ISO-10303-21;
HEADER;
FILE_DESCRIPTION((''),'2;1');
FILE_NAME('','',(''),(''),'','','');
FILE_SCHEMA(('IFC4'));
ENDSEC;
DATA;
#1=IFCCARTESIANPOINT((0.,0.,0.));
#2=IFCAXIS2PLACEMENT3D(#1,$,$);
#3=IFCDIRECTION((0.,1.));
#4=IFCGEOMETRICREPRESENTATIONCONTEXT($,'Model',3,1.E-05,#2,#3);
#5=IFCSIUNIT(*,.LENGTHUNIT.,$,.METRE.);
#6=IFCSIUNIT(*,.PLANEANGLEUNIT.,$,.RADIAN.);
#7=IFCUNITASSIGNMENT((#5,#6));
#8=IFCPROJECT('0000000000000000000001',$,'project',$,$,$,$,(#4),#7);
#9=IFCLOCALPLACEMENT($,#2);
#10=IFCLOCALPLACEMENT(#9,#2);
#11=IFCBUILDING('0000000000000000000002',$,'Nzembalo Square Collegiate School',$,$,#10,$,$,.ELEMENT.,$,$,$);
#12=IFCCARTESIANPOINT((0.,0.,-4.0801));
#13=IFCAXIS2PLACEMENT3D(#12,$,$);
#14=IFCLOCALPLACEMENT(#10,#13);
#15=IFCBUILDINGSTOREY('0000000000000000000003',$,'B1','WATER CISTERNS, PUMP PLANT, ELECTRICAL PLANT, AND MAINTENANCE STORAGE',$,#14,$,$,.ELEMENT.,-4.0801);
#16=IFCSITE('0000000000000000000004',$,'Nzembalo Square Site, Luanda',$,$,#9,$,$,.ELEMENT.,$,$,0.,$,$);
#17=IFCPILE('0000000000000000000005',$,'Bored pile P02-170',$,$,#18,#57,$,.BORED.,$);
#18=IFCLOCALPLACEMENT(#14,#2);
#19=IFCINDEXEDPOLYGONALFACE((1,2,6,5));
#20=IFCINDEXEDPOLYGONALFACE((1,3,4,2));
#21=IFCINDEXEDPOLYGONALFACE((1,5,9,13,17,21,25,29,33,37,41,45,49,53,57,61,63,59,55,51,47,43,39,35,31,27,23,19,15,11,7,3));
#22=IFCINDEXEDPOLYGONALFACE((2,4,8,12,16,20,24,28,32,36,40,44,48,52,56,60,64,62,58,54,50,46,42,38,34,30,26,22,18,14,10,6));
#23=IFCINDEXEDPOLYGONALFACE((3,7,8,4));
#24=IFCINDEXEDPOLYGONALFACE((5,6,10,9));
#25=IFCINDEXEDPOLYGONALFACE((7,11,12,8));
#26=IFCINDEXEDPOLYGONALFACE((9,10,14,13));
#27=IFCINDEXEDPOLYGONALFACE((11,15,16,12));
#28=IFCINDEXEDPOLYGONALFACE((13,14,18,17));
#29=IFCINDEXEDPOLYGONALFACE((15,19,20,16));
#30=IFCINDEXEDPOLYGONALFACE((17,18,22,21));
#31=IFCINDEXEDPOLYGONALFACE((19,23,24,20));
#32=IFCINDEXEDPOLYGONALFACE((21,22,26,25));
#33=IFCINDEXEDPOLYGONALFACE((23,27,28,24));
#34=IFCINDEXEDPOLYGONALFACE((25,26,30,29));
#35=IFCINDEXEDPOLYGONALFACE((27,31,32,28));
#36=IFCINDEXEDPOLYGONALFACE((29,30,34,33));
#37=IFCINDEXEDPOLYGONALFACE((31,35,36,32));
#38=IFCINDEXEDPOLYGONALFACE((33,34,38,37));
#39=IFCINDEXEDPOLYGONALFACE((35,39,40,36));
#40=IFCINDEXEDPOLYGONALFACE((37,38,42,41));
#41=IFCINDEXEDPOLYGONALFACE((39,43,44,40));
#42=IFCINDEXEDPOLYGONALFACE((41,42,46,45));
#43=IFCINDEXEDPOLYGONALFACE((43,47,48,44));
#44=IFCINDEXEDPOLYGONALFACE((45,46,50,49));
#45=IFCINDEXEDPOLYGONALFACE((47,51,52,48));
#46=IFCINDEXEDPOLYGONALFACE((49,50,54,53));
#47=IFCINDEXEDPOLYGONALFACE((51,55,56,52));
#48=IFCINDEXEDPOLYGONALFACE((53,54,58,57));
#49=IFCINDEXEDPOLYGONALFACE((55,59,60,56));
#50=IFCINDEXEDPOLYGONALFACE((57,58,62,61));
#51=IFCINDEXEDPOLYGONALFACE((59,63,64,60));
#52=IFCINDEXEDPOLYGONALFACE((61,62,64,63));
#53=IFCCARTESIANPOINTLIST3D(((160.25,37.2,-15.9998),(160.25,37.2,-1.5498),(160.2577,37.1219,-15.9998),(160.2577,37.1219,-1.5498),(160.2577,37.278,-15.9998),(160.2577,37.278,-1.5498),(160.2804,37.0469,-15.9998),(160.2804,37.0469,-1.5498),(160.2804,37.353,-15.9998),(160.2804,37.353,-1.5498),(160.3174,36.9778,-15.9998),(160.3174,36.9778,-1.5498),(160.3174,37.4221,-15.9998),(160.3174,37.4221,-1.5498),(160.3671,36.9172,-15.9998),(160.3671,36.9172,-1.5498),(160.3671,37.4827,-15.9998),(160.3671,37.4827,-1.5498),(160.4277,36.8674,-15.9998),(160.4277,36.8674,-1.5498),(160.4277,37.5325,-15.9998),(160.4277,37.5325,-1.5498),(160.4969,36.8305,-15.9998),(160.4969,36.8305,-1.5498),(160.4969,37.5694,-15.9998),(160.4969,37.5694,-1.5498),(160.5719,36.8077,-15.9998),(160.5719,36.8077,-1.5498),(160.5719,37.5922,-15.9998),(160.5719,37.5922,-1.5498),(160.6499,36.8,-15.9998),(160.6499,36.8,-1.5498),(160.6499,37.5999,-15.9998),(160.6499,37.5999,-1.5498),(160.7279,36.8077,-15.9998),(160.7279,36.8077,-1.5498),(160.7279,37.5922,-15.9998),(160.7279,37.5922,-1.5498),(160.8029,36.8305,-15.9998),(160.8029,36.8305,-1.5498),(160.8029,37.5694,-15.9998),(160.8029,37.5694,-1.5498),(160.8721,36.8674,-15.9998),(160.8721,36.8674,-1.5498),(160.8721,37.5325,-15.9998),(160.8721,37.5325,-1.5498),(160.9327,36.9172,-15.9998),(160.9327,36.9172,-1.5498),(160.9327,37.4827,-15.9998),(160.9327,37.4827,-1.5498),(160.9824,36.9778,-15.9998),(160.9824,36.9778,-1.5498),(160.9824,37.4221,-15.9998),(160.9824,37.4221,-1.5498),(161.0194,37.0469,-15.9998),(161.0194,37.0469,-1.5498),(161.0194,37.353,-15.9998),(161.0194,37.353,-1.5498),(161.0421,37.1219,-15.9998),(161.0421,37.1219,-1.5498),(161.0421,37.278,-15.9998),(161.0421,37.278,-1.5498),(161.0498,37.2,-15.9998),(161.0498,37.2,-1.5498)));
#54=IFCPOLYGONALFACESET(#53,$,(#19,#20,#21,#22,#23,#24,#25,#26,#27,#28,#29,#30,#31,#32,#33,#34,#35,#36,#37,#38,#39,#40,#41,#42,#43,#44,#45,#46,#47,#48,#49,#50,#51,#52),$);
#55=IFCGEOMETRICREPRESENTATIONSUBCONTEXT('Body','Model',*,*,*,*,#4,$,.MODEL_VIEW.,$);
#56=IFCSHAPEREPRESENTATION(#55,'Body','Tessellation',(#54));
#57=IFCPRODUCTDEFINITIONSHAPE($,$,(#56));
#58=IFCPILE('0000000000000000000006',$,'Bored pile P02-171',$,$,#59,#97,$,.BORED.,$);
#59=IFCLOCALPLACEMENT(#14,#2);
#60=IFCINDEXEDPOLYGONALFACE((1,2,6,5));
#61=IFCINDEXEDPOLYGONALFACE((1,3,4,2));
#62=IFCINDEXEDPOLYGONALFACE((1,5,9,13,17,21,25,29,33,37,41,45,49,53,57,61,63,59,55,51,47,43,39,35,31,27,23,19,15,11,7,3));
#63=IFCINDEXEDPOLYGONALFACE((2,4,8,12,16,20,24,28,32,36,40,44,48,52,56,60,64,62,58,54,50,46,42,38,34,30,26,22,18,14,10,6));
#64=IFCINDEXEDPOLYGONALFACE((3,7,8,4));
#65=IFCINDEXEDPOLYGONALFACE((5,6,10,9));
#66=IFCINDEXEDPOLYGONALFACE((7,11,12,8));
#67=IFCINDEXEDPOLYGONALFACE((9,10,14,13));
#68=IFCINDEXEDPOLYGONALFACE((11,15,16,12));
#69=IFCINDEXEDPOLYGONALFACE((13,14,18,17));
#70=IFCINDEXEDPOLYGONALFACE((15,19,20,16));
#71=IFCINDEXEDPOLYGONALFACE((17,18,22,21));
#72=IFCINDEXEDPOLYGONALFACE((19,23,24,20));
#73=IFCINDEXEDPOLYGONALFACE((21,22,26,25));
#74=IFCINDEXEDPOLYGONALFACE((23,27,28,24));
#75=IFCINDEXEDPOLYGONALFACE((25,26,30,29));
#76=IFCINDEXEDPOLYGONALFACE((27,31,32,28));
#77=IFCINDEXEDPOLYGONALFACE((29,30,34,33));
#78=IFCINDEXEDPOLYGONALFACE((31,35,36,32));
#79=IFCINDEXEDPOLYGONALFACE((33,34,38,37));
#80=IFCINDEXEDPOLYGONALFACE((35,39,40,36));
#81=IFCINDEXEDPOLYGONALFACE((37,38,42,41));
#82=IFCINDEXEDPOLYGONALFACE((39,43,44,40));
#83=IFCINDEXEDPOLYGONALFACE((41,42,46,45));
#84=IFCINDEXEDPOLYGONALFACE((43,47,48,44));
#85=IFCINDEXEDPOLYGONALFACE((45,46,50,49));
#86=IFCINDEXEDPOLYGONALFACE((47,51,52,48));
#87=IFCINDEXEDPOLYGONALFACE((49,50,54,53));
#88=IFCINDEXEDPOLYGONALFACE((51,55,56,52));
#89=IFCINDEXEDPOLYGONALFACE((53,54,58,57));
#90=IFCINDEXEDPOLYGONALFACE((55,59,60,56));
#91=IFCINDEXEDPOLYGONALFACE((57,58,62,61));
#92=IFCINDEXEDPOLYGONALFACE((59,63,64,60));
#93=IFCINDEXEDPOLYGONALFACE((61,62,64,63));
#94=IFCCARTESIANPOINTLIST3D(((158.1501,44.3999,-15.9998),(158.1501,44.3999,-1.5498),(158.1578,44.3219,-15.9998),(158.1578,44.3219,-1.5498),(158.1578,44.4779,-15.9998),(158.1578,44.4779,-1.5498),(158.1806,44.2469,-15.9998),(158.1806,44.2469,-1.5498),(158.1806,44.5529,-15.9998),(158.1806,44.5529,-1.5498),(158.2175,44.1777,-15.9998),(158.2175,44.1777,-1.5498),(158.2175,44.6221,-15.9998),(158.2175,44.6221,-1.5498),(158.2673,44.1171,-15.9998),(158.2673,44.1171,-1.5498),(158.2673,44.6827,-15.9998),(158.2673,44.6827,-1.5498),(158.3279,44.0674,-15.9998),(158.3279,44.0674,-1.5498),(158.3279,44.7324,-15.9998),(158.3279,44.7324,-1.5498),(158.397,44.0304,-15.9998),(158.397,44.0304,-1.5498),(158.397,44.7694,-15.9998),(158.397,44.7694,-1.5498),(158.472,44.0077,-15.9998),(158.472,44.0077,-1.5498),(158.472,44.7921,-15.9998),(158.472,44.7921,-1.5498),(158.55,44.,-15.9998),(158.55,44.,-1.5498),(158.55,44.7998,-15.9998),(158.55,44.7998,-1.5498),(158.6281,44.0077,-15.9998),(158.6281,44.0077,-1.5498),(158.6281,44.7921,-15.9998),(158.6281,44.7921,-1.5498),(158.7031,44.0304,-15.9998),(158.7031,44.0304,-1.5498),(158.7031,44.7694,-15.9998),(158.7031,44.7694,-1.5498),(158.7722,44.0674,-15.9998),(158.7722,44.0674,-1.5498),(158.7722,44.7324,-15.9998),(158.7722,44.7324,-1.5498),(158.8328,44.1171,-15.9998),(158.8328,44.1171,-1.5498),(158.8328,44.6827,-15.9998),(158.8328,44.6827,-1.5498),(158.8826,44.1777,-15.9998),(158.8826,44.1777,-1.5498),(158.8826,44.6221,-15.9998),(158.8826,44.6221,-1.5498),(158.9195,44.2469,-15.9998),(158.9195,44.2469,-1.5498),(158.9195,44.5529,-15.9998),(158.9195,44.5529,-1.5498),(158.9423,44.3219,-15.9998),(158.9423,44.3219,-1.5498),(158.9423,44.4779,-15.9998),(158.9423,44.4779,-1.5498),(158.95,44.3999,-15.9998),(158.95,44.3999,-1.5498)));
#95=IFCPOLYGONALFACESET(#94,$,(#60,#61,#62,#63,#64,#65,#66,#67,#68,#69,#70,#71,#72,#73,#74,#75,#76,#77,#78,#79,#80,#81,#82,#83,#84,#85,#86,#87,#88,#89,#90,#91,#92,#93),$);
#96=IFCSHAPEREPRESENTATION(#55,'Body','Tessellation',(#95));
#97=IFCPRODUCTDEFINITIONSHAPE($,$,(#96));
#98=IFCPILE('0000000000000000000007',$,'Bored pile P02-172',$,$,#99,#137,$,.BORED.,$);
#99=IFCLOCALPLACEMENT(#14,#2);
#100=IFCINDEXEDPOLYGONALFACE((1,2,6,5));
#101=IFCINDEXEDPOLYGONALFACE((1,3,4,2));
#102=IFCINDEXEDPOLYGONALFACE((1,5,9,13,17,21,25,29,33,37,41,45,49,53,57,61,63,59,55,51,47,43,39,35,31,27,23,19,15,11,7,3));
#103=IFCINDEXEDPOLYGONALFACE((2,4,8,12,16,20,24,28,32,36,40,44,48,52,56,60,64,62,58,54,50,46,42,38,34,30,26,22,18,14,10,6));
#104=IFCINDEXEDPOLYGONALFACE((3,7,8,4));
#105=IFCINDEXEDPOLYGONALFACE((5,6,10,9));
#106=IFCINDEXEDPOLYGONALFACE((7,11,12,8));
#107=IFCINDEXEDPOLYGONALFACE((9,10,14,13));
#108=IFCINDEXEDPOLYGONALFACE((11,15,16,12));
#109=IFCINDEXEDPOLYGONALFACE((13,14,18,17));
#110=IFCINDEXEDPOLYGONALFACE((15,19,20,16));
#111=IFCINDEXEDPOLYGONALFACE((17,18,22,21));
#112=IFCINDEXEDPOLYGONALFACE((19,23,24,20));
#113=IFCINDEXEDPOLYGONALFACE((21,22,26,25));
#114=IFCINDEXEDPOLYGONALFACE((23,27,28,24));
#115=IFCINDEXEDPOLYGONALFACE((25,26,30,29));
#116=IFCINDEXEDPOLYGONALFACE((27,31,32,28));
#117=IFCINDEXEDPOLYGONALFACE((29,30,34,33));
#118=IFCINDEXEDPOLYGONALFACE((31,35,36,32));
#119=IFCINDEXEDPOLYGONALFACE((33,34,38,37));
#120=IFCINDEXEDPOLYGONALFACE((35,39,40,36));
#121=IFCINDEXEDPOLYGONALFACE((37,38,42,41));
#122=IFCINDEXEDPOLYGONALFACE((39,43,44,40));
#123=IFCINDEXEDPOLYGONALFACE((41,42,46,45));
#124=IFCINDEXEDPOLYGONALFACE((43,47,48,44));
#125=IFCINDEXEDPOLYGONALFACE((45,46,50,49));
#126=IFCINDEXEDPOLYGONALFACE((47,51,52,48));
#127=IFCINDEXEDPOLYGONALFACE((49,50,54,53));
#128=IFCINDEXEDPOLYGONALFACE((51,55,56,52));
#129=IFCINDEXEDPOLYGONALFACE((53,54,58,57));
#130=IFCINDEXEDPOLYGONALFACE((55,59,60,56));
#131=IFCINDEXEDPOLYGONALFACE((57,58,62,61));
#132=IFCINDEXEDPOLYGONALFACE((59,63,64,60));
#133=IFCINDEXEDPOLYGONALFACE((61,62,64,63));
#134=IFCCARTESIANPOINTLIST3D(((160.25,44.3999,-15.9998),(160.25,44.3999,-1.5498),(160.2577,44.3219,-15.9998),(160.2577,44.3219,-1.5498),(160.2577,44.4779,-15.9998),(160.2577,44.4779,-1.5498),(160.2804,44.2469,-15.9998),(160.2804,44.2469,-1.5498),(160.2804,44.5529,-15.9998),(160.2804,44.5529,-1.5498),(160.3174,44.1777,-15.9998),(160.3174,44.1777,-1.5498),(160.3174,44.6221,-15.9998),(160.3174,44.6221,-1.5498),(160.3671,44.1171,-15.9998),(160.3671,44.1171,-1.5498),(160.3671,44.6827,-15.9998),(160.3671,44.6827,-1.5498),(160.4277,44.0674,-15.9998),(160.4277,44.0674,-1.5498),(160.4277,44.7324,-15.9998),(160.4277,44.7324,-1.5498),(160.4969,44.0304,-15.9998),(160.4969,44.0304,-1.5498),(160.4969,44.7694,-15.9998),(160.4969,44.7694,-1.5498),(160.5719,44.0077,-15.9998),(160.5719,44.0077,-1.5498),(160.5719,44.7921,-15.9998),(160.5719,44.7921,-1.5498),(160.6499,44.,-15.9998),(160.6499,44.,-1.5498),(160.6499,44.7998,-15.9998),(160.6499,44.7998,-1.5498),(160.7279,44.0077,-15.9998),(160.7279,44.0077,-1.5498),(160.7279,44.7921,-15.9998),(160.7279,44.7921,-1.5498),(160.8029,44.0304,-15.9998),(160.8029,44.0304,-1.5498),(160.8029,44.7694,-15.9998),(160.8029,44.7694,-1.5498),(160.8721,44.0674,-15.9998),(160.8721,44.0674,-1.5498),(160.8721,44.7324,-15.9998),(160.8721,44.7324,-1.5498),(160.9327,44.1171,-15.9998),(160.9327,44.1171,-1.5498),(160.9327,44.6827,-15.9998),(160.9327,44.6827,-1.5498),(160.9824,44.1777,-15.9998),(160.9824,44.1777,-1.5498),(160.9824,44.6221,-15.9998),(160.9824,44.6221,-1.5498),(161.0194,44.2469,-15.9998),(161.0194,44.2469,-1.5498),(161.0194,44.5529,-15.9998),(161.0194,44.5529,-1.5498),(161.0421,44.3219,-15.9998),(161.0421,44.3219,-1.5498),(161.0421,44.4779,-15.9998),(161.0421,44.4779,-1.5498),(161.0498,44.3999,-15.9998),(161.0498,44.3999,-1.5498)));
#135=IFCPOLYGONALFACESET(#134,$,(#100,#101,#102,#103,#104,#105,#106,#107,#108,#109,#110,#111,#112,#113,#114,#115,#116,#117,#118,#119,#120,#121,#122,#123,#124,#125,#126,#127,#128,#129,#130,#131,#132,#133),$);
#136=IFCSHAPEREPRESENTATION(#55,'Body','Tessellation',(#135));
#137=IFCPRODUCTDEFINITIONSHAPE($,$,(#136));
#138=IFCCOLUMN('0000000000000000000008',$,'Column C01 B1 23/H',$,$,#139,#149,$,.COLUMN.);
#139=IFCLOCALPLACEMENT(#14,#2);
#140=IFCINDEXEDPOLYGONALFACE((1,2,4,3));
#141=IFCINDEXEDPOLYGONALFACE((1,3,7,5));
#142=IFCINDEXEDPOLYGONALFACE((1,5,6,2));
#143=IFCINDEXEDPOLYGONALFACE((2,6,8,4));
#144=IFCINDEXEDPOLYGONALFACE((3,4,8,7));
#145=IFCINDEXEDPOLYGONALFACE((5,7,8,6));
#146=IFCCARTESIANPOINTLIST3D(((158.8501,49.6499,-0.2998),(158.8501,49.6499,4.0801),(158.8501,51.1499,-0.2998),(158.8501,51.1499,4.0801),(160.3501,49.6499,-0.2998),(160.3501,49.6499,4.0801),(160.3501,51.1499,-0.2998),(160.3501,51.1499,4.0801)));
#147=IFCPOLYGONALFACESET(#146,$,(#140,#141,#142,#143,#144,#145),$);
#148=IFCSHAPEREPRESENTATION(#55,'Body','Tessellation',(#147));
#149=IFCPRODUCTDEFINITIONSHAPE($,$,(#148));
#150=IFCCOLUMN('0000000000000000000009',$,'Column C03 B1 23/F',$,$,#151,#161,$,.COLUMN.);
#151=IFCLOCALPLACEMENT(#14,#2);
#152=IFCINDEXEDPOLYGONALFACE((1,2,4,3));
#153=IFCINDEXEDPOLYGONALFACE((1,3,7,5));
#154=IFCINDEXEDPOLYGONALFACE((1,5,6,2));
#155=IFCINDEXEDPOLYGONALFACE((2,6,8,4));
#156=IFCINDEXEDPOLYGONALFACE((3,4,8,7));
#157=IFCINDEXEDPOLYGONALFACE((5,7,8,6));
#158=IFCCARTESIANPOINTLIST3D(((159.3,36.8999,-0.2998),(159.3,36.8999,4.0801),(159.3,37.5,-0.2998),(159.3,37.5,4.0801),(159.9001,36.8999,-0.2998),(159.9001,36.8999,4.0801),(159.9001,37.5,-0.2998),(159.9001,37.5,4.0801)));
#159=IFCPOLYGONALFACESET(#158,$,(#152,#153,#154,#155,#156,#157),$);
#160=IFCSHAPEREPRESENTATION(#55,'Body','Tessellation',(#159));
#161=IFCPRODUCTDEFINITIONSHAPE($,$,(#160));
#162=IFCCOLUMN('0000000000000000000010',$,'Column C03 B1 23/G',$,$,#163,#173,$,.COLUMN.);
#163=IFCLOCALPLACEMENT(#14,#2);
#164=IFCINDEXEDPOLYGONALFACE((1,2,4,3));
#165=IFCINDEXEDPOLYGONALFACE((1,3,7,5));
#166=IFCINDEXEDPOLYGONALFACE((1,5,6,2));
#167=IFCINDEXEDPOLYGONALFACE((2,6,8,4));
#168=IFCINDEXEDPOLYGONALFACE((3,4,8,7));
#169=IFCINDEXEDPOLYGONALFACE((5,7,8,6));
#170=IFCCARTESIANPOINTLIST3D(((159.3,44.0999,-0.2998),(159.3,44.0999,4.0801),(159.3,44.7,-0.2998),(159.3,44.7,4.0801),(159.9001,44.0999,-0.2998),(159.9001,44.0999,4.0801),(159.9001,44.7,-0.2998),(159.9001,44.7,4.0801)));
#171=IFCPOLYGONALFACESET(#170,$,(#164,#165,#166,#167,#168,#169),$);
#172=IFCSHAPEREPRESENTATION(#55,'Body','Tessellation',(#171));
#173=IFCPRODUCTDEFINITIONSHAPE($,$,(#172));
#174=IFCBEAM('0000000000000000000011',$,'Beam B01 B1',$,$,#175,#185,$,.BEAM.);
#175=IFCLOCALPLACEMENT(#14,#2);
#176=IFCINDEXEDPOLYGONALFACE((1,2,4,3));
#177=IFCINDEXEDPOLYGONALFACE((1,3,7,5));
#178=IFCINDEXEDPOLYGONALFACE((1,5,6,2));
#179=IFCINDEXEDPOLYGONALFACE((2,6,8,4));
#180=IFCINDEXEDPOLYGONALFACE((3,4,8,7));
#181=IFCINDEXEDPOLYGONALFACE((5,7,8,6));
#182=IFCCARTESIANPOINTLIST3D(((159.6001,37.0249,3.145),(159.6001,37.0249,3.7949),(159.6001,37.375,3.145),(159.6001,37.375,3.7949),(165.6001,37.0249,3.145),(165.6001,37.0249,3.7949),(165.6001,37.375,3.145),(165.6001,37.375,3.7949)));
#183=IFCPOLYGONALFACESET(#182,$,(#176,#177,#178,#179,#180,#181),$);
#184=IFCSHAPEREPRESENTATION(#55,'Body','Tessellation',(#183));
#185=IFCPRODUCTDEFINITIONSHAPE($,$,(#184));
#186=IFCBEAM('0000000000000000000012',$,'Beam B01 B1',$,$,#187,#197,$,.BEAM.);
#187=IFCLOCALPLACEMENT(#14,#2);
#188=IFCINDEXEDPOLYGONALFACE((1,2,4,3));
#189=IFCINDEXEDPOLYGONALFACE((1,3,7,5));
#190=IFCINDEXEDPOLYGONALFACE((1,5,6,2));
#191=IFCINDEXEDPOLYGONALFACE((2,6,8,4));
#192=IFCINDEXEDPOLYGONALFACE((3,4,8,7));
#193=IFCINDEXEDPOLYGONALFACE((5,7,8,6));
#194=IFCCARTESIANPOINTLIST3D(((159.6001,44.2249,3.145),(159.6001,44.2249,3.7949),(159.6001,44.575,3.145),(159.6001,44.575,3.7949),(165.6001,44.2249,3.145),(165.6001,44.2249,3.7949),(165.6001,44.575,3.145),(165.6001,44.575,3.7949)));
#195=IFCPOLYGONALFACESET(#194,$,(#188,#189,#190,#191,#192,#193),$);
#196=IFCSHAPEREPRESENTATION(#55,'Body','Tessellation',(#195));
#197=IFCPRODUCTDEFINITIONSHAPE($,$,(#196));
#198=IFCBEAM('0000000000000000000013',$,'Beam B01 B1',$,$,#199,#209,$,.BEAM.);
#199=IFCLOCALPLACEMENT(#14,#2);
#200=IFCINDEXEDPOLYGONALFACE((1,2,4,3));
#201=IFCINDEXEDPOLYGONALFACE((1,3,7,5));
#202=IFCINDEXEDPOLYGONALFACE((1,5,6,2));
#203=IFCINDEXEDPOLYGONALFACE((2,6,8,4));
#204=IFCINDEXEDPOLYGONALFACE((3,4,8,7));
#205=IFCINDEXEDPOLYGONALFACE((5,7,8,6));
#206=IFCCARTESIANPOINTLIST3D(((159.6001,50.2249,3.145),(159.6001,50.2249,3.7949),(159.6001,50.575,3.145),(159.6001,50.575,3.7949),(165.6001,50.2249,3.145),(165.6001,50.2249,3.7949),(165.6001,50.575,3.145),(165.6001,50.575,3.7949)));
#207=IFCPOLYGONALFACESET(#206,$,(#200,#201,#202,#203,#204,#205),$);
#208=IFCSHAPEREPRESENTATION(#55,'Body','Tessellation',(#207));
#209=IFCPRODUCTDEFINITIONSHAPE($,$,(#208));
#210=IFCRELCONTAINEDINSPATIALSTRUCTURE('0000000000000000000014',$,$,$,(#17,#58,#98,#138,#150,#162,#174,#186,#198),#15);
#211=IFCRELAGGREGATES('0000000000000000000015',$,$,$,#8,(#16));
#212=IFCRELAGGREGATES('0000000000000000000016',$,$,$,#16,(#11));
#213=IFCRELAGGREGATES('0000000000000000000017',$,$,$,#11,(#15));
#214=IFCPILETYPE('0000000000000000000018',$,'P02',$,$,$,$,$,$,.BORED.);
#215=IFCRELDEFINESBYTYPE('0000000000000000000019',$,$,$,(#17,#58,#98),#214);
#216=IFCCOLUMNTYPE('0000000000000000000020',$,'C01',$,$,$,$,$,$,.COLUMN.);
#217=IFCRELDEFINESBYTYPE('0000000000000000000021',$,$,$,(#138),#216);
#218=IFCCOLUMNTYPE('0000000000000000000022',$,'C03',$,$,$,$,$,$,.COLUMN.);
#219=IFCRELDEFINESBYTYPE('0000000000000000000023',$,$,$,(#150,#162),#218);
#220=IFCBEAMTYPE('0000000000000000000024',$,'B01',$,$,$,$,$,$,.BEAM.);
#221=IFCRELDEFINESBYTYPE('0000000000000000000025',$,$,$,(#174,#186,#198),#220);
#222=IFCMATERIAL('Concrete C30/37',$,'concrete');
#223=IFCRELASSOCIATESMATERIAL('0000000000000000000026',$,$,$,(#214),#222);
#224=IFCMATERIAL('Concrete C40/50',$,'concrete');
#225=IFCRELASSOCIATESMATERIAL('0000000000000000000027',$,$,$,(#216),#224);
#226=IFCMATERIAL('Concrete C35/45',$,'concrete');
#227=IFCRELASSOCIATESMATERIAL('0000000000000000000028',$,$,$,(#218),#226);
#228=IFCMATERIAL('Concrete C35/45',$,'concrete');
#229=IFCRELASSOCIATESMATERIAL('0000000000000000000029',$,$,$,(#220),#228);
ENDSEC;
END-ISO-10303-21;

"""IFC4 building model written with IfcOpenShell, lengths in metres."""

from ifc_helpers import new_model, si_unit, direction, frame, origin, origin_2d, place, context, subcontext, project, spatial, rectangle, circle, extrude, material, material_profile, profile_set, type_object, element, save


model = new_model("IFC4")

# Units and contexts
model_context = context("Model", 3, precision=1e-05, world=origin(), true_north=direction((0.0, 1.0)))
body_context = subcontext(model_context, "Body", "Model", "MODEL_VIEW")
ifc_project = project(units=[si_unit("LENGTHUNIT", "METRE"), si_unit("PLANEANGLEUNIT", "RADIAN")], contexts=[model_context])

# Site, building, storey
site_placement = place(None, origin())
site = spatial("IfcSite", under=ifc_project, at=site_placement, Name="Nzembalo Square Site, Luanda", CompositionType="ELEMENT", RefElevation=0.0)
building_placement = place(site_placement, origin())
building = spatial("IfcBuilding", under=site, at=building_placement, Name="Nzembalo Square Collegiate School", CompositionType="ELEMENT")
storey_placement = place(building_placement, frame((0.0, 0.0, -4.0801)))
storey = spatial("IfcBuildingStorey", under=building, at=storey_placement, Name="B1", Description="WATER CISTERNS, PUMP PLANT, ELECTRICAL PLANT, AND MAINTENANCE STORAGE", CompositionType="ELEMENT", Elevation=-4.0801)

# Piles
ifc_material_1 = material(Name="Concrete C30/37", Category="concrete")
ifc_material_profile_1 = material_profile(ifc_material_1, circle(Radius=0.3999, at=origin_2d()), Name="PILE D800")
ifc_profile_set_1 = profile_set([ifc_material_profile_1], Name="Concrete C30/37")
pile_type_1 = type_object("IfcPileType", Name="P02", PredefinedType="BORED", material=ifc_profile_set_1)
for number, where, z_axis, x_axis, name in (
    (1, (160.6499, 37.2, -1.5498), (0.0, 0.0, -1.0), (1.0, 0.0, 0.0), "Bored pile P02-170"),
    (2, (158.55, 44.3999, -1.5498), (0.0, 0.0, -1.0), (1.0, 0.0, 0.0), "Bored pile P02-171"),
    (3, (160.6499, 44.3999, -1.5498), (0.0, 0.0, -1.0), (1.0, 0.0, 0.0), "Bored pile P02-172"),
):
    element("IfcPile", number, at=place(storey_placement, frame(where, z_axis=z_axis, x_axis=x_axis)), inside=storey, type_object=pile_type_1, Name=name, PredefinedType="BORED", context=body_context, shape_type="SweptSolid", body=[
        extrude(circle(Radius=0.3999, at=origin_2d()), origin(), (0.0, 0.0, 1.0), 14.45),
    ])

# Columns
ifc_material_2 = material(Name="Concrete C40/50", Category="concrete")
ifc_material_profile_2 = material_profile(ifc_material_2, rectangle(XDim=1.5, YDim=1.5, at=origin_2d()), Name="RC 1500x1500")
ifc_profile_set_2 = profile_set([ifc_material_profile_2], Name="Concrete C40/50")
column_type_1 = type_object("IfcColumnType", Name="C01", PredefinedType="COLUMN", material=ifc_profile_set_2)
column_placement = place(storey_placement, frame((159.6001, 50.3999, -0.2998), z_axis=(0.0, 0.0, 1.0), x_axis=(1.0, 0.0, 0.0)))
element("IfcColumn", 4, at=column_placement, inside=storey, type_object=column_type_1, Name="Column C01 B1 23/H", PredefinedType="COLUMN", context=body_context, shape_type="SweptSolid", body=[
    extrude(rectangle(XDim=1.5, YDim=1.5, at=origin_2d()), origin(), (0.0, 0.0, 1.0), 4.3799),
])
ifc_material_3 = material(Name="Concrete C35/45", Category="concrete")
ifc_material_profile_3 = material_profile(ifc_material_3, rectangle(XDim=0.6001, YDim=0.6001, at=origin_2d()), Name="RC 600x600")
ifc_profile_set_3 = profile_set([ifc_material_profile_3], Name="Concrete C35/45")
column_type_2 = type_object("IfcColumnType", Name="C03", PredefinedType="COLUMN", material=ifc_profile_set_3)
for number, where, z_axis, x_axis, name in (
    (5, (159.6001, 37.2, -0.2998), (0.0, 0.0, 1.0), (1.0, 0.0, 0.0), "Column C03 B1 23/F"),
    (6, (159.6001, 44.3999, -0.2998), (0.0, 0.0, 1.0), (1.0, 0.0, 0.0), "Column C03 B1 23/G"),
):
    element("IfcColumn", number, at=place(storey_placement, frame(where, z_axis=z_axis, x_axis=x_axis)), inside=storey, type_object=column_type_2, Name=name, PredefinedType="COLUMN", context=body_context, shape_type="SweptSolid", body=[
        extrude(rectangle(XDim=0.6001, YDim=0.6001, at=origin_2d()), origin(), (0.0, 0.0, 1.0), 4.3799),
    ])

# Beams
ifc_material_4 = material(Name="Concrete C35/45", Category="concrete")
ifc_material_profile_4 = material_profile(ifc_material_4, rectangle(XDim=0.3501, YDim=0.6499, at=origin_2d()), Name="RC 350x650")
ifc_profile_set_4 = profile_set([ifc_material_profile_4], Name="Concrete C35/45")
beam_type_1 = type_object("IfcBeamType", Name="B01", PredefinedType="BEAM", material=ifc_profile_set_4)
for number, where, z_axis, x_axis, name in (
    (7, (159.6001, 37.2, 3.47), (1.0, 0.0, 0.0), (0.0, 1.0, 0.0), "Beam B01 B1"),
    (8, (159.6001, 44.3999, 3.47), (1.0, 0.0, 0.0), (0.0, 1.0, 0.0), "Beam B01 B1"),
    (9, (159.6001, 50.3999, 3.47), (1.0, 0.0, 0.0), (0.0, 1.0, 0.0), "Beam B01 B1"),
):
    element("IfcBeam", number, at=place(storey_placement, frame(where, z_axis=z_axis, x_axis=x_axis)), inside=storey, type_object=beam_type_1, Name=name, PredefinedType="BEAM", context=body_context, shape_type="SweptSolid", body=[
        extrude(rectangle(XDim=0.3501, YDim=0.6499, at=origin_2d()), origin(), (0.0, 0.0, 1.0), 6.0),
    ])

save(model, "model.ifc")
